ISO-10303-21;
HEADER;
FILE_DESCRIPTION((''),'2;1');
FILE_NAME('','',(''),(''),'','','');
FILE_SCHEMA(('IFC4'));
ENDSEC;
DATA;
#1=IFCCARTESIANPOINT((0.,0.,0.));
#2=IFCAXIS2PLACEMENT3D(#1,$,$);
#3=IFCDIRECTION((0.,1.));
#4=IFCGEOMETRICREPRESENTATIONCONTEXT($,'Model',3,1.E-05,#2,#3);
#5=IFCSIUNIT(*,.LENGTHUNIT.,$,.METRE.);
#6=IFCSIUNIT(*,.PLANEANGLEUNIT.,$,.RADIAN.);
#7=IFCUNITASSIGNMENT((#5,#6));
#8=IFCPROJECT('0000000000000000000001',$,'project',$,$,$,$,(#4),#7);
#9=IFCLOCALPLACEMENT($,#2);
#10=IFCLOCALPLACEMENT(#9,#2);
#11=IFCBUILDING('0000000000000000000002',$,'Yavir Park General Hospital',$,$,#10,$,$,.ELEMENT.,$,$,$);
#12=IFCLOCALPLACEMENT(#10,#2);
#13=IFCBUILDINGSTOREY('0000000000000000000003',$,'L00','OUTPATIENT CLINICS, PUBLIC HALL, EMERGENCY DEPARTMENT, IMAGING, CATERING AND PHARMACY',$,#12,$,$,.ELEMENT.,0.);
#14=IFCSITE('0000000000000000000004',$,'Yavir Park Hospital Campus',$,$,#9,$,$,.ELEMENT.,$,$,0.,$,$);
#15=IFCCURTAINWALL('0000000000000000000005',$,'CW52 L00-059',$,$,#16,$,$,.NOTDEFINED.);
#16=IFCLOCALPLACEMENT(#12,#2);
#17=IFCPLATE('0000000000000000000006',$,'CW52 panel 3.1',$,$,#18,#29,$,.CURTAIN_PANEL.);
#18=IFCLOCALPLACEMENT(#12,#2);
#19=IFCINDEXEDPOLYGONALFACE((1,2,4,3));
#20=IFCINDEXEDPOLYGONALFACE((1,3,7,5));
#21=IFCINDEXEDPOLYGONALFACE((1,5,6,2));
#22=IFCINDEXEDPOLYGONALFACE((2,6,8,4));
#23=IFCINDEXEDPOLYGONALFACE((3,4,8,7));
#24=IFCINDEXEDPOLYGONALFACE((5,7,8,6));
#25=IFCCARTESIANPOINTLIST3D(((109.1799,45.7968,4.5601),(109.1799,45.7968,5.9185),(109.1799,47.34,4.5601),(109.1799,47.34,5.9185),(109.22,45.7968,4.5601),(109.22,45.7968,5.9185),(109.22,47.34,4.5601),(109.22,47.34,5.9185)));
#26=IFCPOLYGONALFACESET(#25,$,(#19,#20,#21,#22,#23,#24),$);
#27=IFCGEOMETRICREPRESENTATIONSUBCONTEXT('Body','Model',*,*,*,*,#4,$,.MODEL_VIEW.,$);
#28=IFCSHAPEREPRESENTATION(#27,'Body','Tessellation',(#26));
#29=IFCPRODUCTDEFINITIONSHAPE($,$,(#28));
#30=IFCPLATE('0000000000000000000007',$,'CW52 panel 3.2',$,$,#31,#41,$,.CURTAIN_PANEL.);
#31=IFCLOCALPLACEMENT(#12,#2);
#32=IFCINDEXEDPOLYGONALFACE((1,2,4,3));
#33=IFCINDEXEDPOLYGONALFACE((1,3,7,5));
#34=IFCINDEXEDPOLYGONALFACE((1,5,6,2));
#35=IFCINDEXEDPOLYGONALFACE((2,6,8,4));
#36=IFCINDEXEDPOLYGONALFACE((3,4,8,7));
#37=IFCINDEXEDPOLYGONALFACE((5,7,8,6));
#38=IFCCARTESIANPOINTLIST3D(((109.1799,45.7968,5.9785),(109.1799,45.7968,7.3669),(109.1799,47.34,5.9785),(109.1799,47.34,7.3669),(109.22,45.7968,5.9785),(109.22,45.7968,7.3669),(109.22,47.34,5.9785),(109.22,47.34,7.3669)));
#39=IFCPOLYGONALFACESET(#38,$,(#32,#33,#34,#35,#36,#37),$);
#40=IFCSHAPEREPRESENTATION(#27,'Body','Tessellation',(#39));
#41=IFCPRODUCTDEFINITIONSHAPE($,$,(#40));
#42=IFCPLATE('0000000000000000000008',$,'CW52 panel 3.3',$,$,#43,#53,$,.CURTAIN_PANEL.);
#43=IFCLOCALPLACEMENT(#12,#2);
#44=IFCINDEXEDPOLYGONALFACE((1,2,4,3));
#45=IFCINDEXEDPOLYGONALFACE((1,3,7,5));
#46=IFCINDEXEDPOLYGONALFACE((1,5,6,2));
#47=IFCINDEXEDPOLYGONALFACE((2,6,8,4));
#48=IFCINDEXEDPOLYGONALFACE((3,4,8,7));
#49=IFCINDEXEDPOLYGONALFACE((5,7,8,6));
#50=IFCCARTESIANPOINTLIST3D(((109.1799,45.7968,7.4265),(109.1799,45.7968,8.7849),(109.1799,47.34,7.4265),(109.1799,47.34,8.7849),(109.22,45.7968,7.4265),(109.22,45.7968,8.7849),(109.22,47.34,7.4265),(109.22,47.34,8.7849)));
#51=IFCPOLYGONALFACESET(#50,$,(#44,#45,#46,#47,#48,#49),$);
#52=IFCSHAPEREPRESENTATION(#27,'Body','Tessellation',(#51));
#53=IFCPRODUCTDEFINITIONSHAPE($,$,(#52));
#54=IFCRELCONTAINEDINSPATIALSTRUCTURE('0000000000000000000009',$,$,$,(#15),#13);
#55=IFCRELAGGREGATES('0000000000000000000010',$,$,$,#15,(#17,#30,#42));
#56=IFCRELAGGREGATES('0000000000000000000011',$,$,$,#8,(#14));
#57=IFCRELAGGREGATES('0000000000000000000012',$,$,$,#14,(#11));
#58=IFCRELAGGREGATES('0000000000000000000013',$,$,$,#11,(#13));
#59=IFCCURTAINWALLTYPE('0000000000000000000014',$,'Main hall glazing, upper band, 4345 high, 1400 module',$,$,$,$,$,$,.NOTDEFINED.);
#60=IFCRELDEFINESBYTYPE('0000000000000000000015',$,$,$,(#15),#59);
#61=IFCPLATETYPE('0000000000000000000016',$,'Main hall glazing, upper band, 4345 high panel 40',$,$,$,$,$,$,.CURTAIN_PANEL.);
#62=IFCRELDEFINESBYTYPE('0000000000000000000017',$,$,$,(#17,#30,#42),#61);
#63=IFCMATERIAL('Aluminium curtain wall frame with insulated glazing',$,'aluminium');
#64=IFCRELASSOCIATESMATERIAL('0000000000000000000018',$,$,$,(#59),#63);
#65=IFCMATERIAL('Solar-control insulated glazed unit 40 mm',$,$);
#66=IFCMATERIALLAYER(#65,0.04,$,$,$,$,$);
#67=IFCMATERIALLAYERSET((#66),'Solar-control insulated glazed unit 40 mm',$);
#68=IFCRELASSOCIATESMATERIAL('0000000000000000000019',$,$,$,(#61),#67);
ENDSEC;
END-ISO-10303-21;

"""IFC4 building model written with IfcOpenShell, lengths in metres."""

from ifc_helpers import new_model, si_unit, direction, frame, origin, origin_2d, place, context, subcontext, project, spatial, rectangle, extrude, material, layer, layer_set, type_object, element, aggregate, save


model = new_model("IFC4")

# Units and contexts
model_context = context("Model", 3, precision=1e-05, world=origin(), true_north=direction((0.0, 1.0)))
body_context = subcontext(model_context, "Body", "Model", "MODEL_VIEW")
ifc_project = project(units=[si_unit("LENGTHUNIT", "METRE"), si_unit("PLANEANGLEUNIT", "RADIAN")], contexts=[model_context])

# Site, building, storey
site_placement = place(None, origin())
site = spatial("IfcSite", under=ifc_project, at=site_placement, Name="Yavir Park Hospital Campus", CompositionType="ELEMENT", RefElevation=0.0)
building_placement = place(site_placement, origin())
building = spatial("IfcBuilding", under=site, at=building_placement, Name="Yavir Park General Hospital", CompositionType="ELEMENT")
storey_placement = place(building_placement, origin())
storey = spatial("IfcBuildingStorey", under=building, at=storey_placement, Name="L00", Description="OUTPATIENT CLINICS, PUBLIC HALL, EMERGENCY DEPARTMENT, IMAGING, CATERING AND PHARMACY", CompositionType="ELEMENT", Elevation=0.0)

# Curtain wall
ifc_material_1 = material(Name="Aluminium curtain wall frame with insulated glazing", Category="aluminium")
curtain_wall_type_1 = type_object("IfcCurtainWallType", Name="Main hall glazing, upper band, 4345 high, 1400 module", PredefinedType="NOTDEFINED", material=ifc_material_1)
curtain_wall_1_placement = place(storey_placement, origin())
curtain_wall_1 = element("IfcCurtainWall", 1, at=curtain_wall_1_placement, inside=storey, type_object=curtain_wall_type_1, Name="CW52 L00-059", PredefinedType="NOTDEFINED")

# Plates
ifc_material_2 = material(Name="Solar-control insulated glazed unit 40 mm")
ifc_layer_1 = layer(ifc_material_2, 0.04)
ifc_layer_set_1 = layer_set([ifc_layer_1], Name="Solar-control insulated glazed unit 40 mm")
plate_type_1 = type_object("IfcPlateType", Name="Main hall glazing, upper band, 4345 high panel 40", PredefinedType="CURTAIN_PANEL", material=ifc_layer_set_1)
plate_1_placement = place(storey_placement, frame((109.2, 46.5684, 4.5601), z_axis=(0.0, 0.0, 1.0), x_axis=(0.0, 1.0, 0.0)))
plate_1 = element("IfcPlate", 2, at=plate_1_placement, type_object=plate_type_1, Name="CW52 panel 3.1", PredefinedType="CURTAIN_PANEL", context=body_context, shape_type="SweptSolid", body=[
    extrude(rectangle(XDim=1.5432, YDim=0.04, at=origin_2d()), origin(), (0.0, 0.0, 1.0), 1.3584),
])
plate_2_placement = place(storey_placement, frame((109.2, 46.5684, 5.9785), z_axis=(0.0, 0.0, 1.0), x_axis=(0.0, 1.0, 0.0)))
plate_2 = element("IfcPlate", 3, at=plate_2_placement, type_object=plate_type_1, Name="CW52 panel 3.2", PredefinedType="CURTAIN_PANEL", context=body_context, shape_type="SweptSolid", body=[
    extrude(rectangle(XDim=1.5432, YDim=0.04, at=origin_2d()), origin(), (0.0, 0.0, 1.0), 1.3884),
])
plate_3_placement = place(storey_placement, frame((109.2, 46.5684, 7.4265), z_axis=(0.0, 0.0, 1.0), x_axis=(0.0, 1.0, 0.0)))
plate_3 = element("IfcPlate", 4, at=plate_3_placement, type_object=plate_type_1, Name="CW52 panel 3.3", PredefinedType="CURTAIN_PANEL", context=body_context, shape_type="SweptSolid", body=[
    extrude(rectangle(XDim=1.5432, YDim=0.04, at=origin_2d()), origin(), (0.0, 0.0, 1.0), 1.3584),
])
aggregate(curtain_wall_1, [plate_1, plate_2, plate_3])

save(model, "model.ifc")
